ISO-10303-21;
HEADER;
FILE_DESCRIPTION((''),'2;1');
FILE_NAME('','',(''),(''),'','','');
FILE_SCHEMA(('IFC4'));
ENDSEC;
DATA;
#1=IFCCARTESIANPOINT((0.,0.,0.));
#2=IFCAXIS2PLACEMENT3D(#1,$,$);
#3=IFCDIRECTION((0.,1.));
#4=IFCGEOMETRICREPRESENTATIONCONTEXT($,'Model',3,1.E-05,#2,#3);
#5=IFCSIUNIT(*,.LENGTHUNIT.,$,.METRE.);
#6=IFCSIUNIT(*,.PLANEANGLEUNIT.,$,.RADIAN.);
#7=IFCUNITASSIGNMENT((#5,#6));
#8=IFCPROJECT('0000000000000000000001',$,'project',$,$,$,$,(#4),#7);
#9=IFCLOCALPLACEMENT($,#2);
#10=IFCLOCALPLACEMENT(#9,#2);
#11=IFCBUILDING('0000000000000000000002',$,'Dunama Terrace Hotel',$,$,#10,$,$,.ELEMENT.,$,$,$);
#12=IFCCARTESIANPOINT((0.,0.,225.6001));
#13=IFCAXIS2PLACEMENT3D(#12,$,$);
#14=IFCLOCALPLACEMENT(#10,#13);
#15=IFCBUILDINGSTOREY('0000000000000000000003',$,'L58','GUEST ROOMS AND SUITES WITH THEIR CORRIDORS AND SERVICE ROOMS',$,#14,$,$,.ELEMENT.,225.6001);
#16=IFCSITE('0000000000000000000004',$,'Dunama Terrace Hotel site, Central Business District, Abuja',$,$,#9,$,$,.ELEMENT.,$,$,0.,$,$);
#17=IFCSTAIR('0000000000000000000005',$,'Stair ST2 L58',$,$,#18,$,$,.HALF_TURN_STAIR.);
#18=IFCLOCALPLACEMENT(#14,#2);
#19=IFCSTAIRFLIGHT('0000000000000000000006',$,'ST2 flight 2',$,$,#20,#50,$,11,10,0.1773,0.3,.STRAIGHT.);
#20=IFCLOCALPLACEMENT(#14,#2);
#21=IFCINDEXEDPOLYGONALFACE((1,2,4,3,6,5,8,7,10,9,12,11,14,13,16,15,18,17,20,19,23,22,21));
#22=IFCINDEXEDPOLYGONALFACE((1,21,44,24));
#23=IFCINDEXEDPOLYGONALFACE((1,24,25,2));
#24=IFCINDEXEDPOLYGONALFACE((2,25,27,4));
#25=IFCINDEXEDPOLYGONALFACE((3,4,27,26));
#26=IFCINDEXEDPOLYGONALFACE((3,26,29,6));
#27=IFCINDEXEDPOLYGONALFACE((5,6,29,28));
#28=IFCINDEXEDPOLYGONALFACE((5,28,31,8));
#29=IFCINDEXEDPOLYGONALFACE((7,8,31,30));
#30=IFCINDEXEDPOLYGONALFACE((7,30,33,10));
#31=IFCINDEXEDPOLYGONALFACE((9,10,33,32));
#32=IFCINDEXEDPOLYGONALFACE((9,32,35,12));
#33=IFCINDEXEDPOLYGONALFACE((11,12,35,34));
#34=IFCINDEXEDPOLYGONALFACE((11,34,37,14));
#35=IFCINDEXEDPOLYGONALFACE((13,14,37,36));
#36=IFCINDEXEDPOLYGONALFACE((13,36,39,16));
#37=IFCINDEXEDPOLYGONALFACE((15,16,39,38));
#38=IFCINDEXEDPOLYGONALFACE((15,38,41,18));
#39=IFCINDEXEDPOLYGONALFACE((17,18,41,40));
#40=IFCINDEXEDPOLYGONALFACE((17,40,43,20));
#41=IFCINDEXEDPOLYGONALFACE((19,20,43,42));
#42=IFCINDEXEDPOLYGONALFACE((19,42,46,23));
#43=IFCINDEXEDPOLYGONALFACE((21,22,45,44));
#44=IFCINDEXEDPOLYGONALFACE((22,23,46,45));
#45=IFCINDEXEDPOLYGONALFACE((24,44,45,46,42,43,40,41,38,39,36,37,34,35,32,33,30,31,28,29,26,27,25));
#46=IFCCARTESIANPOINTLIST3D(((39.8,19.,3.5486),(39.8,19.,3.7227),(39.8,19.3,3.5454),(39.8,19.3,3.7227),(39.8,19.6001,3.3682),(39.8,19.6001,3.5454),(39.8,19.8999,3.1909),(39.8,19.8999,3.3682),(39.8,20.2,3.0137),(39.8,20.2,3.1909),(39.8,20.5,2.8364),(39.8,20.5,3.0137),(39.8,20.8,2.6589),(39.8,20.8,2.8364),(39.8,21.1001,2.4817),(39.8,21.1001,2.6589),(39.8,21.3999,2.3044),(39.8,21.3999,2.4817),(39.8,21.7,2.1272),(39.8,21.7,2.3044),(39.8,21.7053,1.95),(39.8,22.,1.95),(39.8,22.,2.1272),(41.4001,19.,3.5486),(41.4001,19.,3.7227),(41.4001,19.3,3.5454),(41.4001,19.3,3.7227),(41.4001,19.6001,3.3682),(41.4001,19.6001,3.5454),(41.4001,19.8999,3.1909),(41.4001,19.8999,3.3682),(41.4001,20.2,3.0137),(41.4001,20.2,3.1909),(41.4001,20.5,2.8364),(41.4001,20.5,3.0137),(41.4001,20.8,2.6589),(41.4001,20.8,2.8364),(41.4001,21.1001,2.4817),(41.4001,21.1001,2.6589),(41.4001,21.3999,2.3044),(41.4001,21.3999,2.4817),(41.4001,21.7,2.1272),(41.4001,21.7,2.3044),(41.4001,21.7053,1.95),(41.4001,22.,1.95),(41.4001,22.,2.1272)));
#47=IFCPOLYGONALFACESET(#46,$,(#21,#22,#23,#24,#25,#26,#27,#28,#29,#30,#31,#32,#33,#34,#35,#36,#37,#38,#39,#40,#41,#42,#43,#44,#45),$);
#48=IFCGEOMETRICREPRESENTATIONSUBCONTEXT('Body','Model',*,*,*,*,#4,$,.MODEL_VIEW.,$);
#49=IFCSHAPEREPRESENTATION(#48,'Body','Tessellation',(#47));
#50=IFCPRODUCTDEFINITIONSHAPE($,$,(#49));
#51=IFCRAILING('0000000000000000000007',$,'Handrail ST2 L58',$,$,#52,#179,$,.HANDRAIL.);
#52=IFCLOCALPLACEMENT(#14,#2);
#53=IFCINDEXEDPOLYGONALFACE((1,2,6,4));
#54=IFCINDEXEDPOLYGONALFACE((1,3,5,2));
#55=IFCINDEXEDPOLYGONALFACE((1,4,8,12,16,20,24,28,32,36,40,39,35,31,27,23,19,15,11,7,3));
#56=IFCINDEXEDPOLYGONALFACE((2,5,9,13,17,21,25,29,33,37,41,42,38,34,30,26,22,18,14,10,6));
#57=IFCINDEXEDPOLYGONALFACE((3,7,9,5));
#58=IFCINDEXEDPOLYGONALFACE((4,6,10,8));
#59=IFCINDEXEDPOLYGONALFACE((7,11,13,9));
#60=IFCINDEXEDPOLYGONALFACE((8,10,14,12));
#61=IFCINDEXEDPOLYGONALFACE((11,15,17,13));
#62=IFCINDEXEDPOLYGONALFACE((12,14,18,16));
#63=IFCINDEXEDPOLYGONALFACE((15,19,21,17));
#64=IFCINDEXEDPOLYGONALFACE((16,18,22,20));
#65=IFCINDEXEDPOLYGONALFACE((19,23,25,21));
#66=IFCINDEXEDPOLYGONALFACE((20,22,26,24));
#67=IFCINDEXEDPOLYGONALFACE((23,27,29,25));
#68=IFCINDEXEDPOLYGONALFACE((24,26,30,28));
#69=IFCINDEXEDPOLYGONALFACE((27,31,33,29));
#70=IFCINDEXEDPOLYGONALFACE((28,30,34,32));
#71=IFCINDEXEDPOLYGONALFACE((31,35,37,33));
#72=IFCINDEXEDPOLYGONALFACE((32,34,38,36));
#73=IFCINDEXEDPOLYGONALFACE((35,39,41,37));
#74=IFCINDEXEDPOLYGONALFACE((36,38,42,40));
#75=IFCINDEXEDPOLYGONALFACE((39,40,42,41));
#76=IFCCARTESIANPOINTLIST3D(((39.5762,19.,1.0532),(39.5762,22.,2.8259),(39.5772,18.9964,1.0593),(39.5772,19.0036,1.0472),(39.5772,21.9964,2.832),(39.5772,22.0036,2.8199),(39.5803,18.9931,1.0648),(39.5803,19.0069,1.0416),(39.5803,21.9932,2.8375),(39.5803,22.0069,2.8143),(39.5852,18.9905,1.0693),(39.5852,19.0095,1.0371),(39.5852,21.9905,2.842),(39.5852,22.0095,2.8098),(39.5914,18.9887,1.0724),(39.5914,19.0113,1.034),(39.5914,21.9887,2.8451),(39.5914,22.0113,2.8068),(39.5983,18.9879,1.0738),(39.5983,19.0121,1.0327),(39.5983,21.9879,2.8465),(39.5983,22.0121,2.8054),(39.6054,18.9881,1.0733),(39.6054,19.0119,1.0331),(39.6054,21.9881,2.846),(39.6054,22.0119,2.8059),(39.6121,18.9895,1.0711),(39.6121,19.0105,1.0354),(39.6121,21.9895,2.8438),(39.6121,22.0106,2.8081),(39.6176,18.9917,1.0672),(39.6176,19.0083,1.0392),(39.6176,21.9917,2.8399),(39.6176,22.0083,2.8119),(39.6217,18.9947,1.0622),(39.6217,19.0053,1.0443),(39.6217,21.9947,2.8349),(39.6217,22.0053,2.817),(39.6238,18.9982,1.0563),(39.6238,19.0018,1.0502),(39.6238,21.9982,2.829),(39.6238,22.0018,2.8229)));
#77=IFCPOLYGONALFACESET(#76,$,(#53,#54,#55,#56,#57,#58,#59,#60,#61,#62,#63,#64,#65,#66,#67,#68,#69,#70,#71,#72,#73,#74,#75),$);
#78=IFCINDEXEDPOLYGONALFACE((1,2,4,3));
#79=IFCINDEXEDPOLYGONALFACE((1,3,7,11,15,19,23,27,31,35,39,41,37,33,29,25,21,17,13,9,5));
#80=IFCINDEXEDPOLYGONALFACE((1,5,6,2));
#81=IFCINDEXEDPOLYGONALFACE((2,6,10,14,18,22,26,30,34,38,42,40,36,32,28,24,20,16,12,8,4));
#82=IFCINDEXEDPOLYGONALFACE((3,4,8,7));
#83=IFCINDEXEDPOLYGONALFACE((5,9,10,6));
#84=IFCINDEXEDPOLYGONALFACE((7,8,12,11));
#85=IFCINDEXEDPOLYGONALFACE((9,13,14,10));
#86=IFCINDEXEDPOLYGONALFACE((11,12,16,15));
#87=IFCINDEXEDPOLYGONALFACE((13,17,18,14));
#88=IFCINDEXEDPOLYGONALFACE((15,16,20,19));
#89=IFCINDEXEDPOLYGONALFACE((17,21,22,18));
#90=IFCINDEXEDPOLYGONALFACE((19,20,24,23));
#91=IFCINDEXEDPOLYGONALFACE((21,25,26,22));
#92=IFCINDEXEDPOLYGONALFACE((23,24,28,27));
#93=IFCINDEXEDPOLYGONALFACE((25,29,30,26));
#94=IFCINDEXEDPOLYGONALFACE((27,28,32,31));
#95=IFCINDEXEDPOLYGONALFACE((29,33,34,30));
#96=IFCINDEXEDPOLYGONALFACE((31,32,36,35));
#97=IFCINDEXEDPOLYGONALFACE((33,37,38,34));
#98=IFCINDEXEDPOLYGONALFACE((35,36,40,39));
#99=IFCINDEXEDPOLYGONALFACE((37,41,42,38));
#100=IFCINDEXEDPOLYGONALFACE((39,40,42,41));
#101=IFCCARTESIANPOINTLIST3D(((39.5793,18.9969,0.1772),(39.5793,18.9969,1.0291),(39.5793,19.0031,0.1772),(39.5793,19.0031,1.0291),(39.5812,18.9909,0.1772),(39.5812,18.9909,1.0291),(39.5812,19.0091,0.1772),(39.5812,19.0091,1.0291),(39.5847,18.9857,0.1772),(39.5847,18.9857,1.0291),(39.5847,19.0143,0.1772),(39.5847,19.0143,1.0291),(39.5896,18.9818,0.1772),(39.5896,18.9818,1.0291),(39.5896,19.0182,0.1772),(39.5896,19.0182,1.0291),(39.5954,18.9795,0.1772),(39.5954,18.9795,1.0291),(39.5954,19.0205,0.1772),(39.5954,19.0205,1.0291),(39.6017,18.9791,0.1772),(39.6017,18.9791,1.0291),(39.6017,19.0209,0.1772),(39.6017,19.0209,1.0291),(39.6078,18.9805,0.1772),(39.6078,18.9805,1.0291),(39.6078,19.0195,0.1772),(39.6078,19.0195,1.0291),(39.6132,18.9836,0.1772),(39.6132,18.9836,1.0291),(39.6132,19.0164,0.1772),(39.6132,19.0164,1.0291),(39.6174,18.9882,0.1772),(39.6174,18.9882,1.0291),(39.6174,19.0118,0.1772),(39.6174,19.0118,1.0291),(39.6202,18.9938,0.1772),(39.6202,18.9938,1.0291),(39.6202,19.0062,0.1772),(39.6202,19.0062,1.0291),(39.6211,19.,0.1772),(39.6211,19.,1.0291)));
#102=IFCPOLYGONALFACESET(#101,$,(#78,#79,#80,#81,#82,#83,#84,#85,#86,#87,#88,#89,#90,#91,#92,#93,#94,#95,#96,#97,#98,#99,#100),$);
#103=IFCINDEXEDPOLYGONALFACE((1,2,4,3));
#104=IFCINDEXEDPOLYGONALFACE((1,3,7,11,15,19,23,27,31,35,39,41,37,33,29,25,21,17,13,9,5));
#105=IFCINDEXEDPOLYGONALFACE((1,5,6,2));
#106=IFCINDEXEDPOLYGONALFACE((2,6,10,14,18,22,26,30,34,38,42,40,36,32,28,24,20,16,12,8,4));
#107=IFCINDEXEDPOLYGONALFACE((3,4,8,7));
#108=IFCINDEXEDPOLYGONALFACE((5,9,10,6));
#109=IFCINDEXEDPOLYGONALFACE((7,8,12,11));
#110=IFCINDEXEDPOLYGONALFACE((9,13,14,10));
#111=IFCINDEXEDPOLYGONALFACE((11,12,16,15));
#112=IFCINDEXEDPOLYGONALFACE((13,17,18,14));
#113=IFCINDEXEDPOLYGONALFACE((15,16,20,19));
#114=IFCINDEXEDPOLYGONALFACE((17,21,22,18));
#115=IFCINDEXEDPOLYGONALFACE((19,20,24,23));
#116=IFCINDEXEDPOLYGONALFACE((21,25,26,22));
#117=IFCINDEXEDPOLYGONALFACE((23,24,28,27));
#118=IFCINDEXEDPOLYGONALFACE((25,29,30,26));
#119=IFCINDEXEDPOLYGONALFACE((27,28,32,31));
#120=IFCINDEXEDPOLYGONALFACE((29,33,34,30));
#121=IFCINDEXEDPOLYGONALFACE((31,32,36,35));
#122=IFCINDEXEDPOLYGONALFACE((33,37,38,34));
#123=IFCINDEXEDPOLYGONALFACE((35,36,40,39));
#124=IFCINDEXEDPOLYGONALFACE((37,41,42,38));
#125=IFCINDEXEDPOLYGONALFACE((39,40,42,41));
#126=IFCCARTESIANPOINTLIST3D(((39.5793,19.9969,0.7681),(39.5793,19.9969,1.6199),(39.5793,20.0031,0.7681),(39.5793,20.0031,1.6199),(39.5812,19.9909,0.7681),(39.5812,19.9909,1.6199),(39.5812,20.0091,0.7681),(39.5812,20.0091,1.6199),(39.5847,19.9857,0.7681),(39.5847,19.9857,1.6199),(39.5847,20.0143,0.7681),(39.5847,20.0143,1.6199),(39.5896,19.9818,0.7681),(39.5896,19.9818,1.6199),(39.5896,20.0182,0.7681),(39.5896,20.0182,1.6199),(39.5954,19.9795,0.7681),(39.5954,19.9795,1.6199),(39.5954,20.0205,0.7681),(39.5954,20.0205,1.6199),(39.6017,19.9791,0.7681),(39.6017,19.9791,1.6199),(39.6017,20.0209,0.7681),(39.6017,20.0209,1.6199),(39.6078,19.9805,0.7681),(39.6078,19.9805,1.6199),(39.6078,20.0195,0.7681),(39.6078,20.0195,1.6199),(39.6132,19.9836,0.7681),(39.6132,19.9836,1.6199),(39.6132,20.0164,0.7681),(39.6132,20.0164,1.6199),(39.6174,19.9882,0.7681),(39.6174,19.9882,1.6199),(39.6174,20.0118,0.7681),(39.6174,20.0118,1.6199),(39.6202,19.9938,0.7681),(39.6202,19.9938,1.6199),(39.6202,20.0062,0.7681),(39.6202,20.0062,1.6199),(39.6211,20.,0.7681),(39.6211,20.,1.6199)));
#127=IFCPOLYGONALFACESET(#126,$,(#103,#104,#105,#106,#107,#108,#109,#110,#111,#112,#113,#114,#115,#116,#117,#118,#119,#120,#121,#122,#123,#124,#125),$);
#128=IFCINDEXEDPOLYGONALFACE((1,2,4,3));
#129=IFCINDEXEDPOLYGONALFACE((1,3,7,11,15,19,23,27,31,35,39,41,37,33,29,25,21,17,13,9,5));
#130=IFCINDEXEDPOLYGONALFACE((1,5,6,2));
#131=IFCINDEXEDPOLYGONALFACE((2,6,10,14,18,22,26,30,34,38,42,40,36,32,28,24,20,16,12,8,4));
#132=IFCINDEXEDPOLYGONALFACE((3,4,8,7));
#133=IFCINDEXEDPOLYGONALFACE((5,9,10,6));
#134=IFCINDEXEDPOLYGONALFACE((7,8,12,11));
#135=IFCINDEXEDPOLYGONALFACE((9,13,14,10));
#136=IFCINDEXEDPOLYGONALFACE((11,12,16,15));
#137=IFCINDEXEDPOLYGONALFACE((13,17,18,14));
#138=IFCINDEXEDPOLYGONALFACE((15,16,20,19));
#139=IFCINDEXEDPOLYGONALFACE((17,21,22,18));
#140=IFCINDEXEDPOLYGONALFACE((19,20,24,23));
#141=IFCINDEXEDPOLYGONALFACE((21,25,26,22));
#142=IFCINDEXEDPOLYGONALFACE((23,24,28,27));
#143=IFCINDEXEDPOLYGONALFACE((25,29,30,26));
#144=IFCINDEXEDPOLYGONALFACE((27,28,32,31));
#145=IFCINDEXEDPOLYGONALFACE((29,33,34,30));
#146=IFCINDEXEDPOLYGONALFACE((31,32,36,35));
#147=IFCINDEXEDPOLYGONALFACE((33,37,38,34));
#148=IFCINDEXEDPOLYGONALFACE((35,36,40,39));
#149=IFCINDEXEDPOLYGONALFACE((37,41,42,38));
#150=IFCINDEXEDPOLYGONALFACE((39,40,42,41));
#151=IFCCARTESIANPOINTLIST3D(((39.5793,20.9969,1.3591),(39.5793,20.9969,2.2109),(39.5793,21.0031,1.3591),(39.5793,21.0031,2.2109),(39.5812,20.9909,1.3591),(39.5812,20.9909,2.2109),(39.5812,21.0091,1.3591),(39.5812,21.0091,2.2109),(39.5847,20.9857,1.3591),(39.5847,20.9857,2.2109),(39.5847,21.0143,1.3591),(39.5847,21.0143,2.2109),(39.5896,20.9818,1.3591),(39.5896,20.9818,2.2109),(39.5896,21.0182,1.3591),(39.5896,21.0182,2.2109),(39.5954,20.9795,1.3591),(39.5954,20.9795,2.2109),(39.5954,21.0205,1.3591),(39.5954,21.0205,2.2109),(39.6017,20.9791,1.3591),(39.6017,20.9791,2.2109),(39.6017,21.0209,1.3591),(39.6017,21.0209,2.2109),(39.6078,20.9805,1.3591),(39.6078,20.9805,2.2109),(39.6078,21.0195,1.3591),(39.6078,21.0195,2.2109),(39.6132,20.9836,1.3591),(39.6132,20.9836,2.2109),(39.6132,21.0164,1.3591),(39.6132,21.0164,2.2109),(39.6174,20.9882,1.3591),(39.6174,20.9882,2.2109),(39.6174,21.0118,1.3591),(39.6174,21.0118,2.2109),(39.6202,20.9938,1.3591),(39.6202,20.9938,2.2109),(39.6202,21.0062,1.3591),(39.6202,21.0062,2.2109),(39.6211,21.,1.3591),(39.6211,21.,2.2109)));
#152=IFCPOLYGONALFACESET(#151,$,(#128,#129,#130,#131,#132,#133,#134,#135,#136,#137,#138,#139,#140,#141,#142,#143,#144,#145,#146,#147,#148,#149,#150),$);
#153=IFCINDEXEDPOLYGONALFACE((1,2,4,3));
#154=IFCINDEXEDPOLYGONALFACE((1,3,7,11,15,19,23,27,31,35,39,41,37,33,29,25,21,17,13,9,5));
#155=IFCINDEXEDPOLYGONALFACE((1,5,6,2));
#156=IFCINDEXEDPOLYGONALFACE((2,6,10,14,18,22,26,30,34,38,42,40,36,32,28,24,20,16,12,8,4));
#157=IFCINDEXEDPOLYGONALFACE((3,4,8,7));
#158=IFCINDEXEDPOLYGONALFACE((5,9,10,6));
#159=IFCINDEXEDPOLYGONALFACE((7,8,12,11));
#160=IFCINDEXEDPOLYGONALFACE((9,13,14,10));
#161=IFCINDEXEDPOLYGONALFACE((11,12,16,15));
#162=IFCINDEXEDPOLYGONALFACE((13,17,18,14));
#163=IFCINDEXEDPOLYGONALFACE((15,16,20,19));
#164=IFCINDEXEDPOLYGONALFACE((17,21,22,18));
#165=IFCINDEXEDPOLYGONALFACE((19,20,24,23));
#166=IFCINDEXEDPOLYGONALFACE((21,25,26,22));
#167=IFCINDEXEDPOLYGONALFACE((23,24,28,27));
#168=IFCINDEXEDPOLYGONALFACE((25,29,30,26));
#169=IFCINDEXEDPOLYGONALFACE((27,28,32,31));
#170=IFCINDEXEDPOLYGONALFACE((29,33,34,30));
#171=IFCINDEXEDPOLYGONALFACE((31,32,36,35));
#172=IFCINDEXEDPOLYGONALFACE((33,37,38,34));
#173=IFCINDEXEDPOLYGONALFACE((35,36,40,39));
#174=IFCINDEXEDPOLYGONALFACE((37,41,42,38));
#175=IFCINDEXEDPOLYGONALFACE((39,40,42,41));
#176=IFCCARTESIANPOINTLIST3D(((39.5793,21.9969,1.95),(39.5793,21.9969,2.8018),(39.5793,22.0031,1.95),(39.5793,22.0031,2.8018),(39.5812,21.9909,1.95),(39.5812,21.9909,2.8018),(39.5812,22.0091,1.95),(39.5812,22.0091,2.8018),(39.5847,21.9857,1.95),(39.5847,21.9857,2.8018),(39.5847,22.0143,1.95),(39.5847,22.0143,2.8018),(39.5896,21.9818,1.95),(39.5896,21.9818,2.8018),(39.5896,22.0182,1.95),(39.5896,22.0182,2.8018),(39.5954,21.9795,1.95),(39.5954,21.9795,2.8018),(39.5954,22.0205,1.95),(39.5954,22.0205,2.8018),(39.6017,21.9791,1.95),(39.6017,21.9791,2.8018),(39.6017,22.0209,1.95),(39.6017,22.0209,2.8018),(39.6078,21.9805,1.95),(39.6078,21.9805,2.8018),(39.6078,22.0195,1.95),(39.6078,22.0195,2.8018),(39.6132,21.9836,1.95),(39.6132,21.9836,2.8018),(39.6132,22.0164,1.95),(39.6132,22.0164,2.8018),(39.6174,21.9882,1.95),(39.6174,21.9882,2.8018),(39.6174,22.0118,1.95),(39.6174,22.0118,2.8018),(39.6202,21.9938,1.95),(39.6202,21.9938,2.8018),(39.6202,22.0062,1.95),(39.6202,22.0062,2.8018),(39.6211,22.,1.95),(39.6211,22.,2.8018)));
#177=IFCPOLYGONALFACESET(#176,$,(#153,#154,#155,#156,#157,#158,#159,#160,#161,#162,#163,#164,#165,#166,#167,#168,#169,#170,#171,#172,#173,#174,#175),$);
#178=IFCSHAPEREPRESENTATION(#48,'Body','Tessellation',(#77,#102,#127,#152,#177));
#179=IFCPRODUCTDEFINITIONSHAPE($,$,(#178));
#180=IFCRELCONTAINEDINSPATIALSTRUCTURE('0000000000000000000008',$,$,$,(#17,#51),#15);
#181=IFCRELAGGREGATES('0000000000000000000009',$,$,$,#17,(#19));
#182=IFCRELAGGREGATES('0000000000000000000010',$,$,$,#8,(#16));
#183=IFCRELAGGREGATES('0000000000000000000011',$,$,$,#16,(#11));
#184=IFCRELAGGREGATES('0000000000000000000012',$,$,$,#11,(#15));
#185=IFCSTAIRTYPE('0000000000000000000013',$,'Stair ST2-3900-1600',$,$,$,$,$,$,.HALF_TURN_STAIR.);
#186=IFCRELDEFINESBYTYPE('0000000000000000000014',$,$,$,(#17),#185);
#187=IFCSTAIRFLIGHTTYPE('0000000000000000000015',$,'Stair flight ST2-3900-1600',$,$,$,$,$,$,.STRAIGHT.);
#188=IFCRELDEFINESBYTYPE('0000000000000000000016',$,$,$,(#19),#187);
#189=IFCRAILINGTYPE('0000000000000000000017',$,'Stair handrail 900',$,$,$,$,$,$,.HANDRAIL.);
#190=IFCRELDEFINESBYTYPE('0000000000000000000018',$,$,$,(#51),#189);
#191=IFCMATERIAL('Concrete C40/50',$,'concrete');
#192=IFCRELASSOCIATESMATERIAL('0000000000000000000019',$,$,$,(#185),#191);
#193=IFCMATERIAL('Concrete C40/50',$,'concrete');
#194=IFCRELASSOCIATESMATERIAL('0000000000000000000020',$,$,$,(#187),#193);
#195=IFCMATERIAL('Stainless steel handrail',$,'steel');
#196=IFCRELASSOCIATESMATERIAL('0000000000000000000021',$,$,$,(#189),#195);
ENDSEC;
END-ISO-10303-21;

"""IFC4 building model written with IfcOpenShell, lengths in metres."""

from ifc_helpers import new_model, si_unit, direction, frame, origin, origin_2d, place, context, subcontext, project, spatial, polyline, circle, outline, extrude, material, type_object, element, aggregate, save


model = new_model("IFC4")

# Units and contexts
model_context = context("Model", 3, precision=1e-05, world=origin(), true_north=direction((0.0, 1.0)))
body_context = subcontext(model_context, "Body", "Model", "MODEL_VIEW")
ifc_project = project(units=[si_unit("LENGTHUNIT", "METRE"), si_unit("PLANEANGLEUNIT", "RADIAN")], contexts=[model_context])

# Site, building, storey
site_placement = place(None, origin())
site = spatial("IfcSite", under=ifc_project, at=site_placement, Name="Dunama Terrace Hotel site, Central Business District, Abuja", CompositionType="ELEMENT", RefElevation=0.0)
building_placement = place(site_placement, origin())
building = spatial("IfcBuilding", under=site, at=building_placement, Name="Dunama Terrace Hotel", CompositionType="ELEMENT")
storey_placement = place(building_placement, frame((0.0, 0.0, 225.6001)))
storey = spatial("IfcBuildingStorey", under=building, at=storey_placement, Name="L58", Description="GUEST ROOMS AND SUITES WITH THEIR CORRIDORS AND SERVICE ROOMS", CompositionType="ELEMENT", Elevation=225.6001)

# Stair, stair flight
ifc_material_1 = material(Name="Concrete C40/50", Category="concrete")
stair_type = type_object("IfcStairType", Name="Stair ST2-3900-1600", PredefinedType="HALF_TURN_STAIR", material=ifc_material_1)
stair_placement = place(storey_placement, origin())
stair = element("IfcStair", 1, at=stair_placement, inside=storey, type_object=stair_type, Name="Stair ST2 L58", PredefinedType="HALF_TURN_STAIR")
ifc_material_2 = material(Name="Concrete C40/50", Category="concrete")
stair_flight_type = type_object("IfcStairFlightType", Name="Stair flight ST2-3900-1600", PredefinedType="STRAIGHT", material=ifc_material_2)
stair_flight_1_placement = place(storey_placement, frame((40.6001, 22.0, 1.95), z_axis=(0.0, 0.0, 1.0), x_axis=(0.0, -1.0, 0.0)))
stair_flight_1 = element("IfcStairFlight", 2, at=stair_flight_1_placement, type_object=stair_flight_type, Name="ST2 flight 2", NumberOfRisers=11, NumberOfTreads=10, PredefinedType="STRAIGHT", RiserHeight=0.1773, TreadLength=0.3, context=body_context, shape_type="SweptSolid", body=[
    extrude(outline(polyline([(0.0, 0.0), (0.0, 0.1772), (0.3, 0.1772), (0.3, 0.3545), (0.6001, 0.3545), (0.6001, 0.5317), (0.8999, 0.5317), (0.8999, 0.709), (1.2, 0.709), (1.2, 0.8865), (1.5, 0.8865), (1.5, 1.0637), (1.8, 1.0637), (1.8, 1.241), (2.1001, 1.241), (2.1001, 1.4182), (2.3999, 1.4182), (2.3999, 1.5955), (2.7, 1.5955), (2.7, 1.7727), (3.0, 1.7727), (3.0, 1.95), (3.0, 1.5986), (0.2947, 0.0), (0.0, 0.0)])), frame((0.0, 0.8, 0.0), z_axis=(0.0, -1.0, 0.0), x_axis=(1.0, 0.0, 0.0)), (0.0, 0.0, 1.0), 1.6001),
])
aggregate(stair, [stair_flight_1])

# Railing
ifc_material_3 = material(Name="Stainless steel handrail", Category="steel")
railing_type = type_object("IfcRailingType", Name="Stair handrail 900", PredefinedType="HANDRAIL", material=ifc_material_3)
railing_1_placement = place(storey_placement, frame((39.6001, 19.0, 0.1772)))
element("IfcRailing", 3, at=railing_1_placement, inside=storey, type_object=railing_type, Name="Handrail ST2 L58", PredefinedType="HANDRAIL", context=body_context, shape_type="SweptSolid", body=[
    extrude(circle(Radius=0.0239, at=origin_2d()), frame((0.0, 0.0, 0.876), z_axis=(0.0, 0.860929, 0.508725), x_axis=(-1.0, 0.0, 0.0)), (0.0, 0.0, 1.0), 3.4846),
    extrude(circle(Radius=0.021, at=origin_2d()), origin(), (0.0, 0.0, 1.0), 0.8518),
    extrude(circle(Radius=0.021, at=origin_2d()), frame((0.0, 1.0, 0.5908)), (0.0, 0.0, 1.0), 0.8518),
    extrude(circle(Radius=0.021, at=origin_2d()), frame((0.0, 2.0, 1.1819)), (0.0, 0.0, 1.0), 0.8518),
    extrude(circle(Radius=0.021, at=origin_2d()), frame((0.0, 3.0, 1.7727)), (0.0, 0.0, 1.0), 0.8518),
])

save(model, "model.ifc")
